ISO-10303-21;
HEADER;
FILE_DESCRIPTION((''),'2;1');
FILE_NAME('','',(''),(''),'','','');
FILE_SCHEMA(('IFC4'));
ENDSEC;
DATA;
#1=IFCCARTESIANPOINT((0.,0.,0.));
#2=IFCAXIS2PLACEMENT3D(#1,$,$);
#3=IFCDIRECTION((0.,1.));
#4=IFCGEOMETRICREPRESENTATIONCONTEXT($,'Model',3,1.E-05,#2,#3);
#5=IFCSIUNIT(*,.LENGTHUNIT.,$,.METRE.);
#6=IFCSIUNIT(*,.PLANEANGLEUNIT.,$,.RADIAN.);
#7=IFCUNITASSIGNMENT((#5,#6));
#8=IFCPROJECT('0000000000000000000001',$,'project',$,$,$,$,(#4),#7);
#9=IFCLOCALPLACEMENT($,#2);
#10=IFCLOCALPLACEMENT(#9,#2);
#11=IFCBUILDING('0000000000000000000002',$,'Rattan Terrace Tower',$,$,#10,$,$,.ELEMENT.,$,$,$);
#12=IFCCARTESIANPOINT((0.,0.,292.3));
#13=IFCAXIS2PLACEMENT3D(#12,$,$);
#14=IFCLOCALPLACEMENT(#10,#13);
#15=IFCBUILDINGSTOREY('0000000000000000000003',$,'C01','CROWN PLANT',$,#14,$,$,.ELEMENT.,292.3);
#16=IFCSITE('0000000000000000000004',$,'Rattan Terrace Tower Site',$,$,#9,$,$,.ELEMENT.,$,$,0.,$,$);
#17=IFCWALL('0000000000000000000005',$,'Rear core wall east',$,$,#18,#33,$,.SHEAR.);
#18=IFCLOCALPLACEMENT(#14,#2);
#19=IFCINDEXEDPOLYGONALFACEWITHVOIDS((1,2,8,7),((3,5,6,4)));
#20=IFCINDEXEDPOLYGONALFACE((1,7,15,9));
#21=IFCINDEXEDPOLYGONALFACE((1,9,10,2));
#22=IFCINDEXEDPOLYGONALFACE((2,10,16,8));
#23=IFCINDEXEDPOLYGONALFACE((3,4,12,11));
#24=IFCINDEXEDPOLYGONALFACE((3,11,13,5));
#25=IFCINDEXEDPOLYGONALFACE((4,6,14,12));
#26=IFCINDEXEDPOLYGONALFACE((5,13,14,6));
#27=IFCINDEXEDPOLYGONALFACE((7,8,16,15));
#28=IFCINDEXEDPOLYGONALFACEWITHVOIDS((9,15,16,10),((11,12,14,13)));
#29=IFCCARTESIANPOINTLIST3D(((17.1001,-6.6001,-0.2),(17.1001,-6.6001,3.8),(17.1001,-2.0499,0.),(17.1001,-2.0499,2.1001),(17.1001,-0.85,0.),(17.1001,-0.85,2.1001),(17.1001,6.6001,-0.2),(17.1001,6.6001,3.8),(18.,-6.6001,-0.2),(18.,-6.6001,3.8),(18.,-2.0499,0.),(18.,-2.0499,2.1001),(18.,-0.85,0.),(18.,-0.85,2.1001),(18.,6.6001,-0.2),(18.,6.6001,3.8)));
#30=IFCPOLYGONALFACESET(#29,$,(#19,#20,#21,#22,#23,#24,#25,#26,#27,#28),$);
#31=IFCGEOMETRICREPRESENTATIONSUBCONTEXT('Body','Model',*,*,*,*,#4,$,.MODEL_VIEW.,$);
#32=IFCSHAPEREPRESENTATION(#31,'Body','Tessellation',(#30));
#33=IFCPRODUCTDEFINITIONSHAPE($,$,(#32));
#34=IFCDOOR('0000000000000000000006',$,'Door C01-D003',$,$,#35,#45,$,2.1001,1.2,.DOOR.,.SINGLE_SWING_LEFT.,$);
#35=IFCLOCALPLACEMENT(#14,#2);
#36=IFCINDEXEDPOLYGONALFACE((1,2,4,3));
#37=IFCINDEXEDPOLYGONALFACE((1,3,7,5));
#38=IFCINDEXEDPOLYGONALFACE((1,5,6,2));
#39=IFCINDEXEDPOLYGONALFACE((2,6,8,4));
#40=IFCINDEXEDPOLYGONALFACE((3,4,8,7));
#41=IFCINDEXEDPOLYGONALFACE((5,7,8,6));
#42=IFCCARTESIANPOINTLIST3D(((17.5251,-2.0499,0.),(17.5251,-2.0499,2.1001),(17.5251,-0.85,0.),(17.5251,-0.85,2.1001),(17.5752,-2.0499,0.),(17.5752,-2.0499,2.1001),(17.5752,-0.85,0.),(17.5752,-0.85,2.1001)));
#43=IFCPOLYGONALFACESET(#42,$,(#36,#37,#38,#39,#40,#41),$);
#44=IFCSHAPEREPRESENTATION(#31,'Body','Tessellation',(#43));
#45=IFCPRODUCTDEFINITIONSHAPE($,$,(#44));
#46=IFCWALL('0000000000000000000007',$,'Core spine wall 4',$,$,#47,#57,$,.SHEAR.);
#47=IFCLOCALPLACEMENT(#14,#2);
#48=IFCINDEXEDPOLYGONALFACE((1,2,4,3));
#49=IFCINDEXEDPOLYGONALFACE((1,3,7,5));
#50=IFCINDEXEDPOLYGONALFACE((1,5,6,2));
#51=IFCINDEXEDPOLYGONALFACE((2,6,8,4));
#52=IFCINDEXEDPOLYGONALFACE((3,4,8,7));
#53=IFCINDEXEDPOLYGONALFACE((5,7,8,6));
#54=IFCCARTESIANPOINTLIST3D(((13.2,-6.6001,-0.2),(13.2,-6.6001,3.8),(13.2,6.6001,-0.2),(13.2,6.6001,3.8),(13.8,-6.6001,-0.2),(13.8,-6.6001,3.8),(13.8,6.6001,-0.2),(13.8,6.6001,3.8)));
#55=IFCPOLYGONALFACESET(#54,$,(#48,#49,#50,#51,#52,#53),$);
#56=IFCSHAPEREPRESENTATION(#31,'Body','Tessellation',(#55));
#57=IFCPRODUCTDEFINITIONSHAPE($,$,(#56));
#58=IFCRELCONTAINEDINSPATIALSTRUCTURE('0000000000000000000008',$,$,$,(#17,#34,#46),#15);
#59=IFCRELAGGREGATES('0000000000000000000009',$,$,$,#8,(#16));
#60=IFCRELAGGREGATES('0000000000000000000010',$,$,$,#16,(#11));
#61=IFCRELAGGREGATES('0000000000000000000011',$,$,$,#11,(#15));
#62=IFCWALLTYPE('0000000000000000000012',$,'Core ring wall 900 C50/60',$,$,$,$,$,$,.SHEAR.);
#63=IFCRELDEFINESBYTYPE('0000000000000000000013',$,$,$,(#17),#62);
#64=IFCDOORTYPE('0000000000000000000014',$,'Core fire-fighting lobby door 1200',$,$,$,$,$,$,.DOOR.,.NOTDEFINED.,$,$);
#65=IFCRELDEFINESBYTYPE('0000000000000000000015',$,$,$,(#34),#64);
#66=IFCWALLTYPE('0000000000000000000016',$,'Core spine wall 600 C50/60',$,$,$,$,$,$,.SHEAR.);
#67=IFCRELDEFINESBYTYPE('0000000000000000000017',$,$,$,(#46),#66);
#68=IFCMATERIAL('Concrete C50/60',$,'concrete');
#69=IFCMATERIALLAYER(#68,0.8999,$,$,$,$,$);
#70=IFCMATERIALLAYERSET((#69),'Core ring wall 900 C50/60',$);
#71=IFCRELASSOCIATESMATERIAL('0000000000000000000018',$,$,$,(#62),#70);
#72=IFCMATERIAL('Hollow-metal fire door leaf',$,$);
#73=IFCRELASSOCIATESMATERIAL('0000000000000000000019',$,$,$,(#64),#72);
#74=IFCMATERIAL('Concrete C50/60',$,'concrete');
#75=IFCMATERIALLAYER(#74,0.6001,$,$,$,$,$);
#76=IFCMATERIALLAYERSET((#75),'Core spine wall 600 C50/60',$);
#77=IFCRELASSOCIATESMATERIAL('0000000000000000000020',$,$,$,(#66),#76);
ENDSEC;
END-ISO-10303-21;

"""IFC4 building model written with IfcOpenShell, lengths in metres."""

from ifc_helpers import new_model, si_unit, direction, frame, frame_2d, origin, place, context, subcontext, project, spatial, rectangle, extrude, material, layer, layer_set, type_object, element, fill, save


model = new_model("IFC4")

# Units and contexts
model_context = context("Model", 3, precision=1e-05, world=origin(), true_north=direction((0.0, 1.0)))
body_context = subcontext(model_context, "Body", "Model", "MODEL_VIEW")
ifc_project = project(units=[si_unit("LENGTHUNIT", "METRE"), si_unit("PLANEANGLEUNIT", "RADIAN")], contexts=[model_context])

# Site, building, storey
site_placement = place(None, origin())
site = spatial("IfcSite", under=ifc_project, at=site_placement, Name="Rattan Terrace Tower Site", CompositionType="ELEMENT", RefElevation=0.0)
building_placement = place(site_placement, origin())
building = spatial("IfcBuilding", under=site, at=building_placement, Name="Rattan Terrace Tower", CompositionType="ELEMENT")
storey_placement = place(building_placement, frame((0.0, 0.0, 292.3)))
storey = spatial("IfcBuildingStorey", under=building, at=storey_placement, Name="C01", Description="CROWN PLANT", CompositionType="ELEMENT", Elevation=292.3)

# Wall, opening, door
ifc_material_1 = material(Name="Concrete C50/60", Category="concrete")
ifc_layer_1 = layer(ifc_material_1, 0.8999)
ifc_layer_set_1 = layer_set([ifc_layer_1], Name="Core ring wall 900 C50/60")
wall_type_1 = type_object("IfcWallType", Name="Core ring wall 900 C50/60", PredefinedType="SHEAR", material=ifc_layer_set_1)
wall_1_placement = place(storey_placement, frame((17.55, -6.6001, -0.2), z_axis=(0.0, 0.0, 1.0), x_axis=(0.0, 1.0, 0.0)))
wall_1 = element("IfcWall", 1, at=wall_1_placement, inside=storey, type_object=wall_type_1, Name="Rear core wall east", PredefinedType="SHEAR", context=body_context, shape_type="SweptSolid", body=[
    extrude(rectangle(XDim=13.2002, YDim=0.8999, at=frame_2d((6.6001, 0.0))), origin(), (0.0, 0.0, 1.0), 4.0),
])
opening_1_placement = place(wall_1_placement, frame((4.55, 0.0, 0.2)))
opening_1 = element("IfcOpeningElement", 2, at=opening_1_placement, cuts=wall_1, PredefinedType="OPENING", context=body_context, shape_type="SweptSolid", body=[
    extrude(rectangle(XDim=1.2, YDim=2.1001, at=frame_2d((0.6001, 1.05))), frame((0.0, 0.4604, 0.0), z_axis=(0.0, -1.0, 0.0), x_axis=(1.0, 0.0, 0.0)), (0.0, 0.0, 1.0), 0.9209),
])
ifc_material_2 = material(Name="Hollow-metal fire door leaf")
door_type_1 = type_object("IfcDoorType", Name="Core fire-fighting lobby door 1200", OperationType="NOTDEFINED", PredefinedType="DOOR", material=ifc_material_2)
door_1_placement = place(opening_1_placement, origin())
door_1 = element("IfcDoor", 3, at=door_1_placement, inside=storey, type_object=door_type_1, Name="Door C01-D003", OperationType="SINGLE_SWING_LEFT", OverallHeight=2.1001, OverallWidth=1.2, PredefinedType="DOOR", context=body_context, shape_type="SweptSolid", body=[
    extrude(rectangle(XDim=1.2, YDim=2.1001, at=frame_2d((0.6001, 1.05))), frame((0.0, 0.0249, 0.0), z_axis=(0.0, -1.0, 0.0), x_axis=(1.0, 0.0, 0.0)), (0.0, 0.0, 1.0), 0.05),
])
fill(opening_1, door_1)

# Wall
ifc_material_3 = material(Name="Concrete C50/60", Category="concrete")
ifc_layer_2 = layer(ifc_material_3, 0.6001)
ifc_layer_set_2 = layer_set([ifc_layer_2], Name="Core spine wall 600 C50/60")
wall_type_2 = type_object("IfcWallType", Name="Core spine wall 600 C50/60", PredefinedType="SHEAR", material=ifc_layer_set_2)
wall_2_placement = place(storey_placement, frame((13.5, -6.6001, -0.2), z_axis=(0.0, 0.0, 1.0), x_axis=(0.0, 1.0, 0.0)))
element("IfcWall", 4, at=wall_2_placement, inside=storey, type_object=wall_type_2, Name="Core spine wall 4", PredefinedType="SHEAR", context=body_context, shape_type="SweptSolid", body=[
    extrude(rectangle(XDim=13.2002, YDim=0.6001, at=frame_2d((6.6001, 0.0))), origin(), (0.0, 0.0, 1.0), 4.0),
])

save(model, "model.ifc")
